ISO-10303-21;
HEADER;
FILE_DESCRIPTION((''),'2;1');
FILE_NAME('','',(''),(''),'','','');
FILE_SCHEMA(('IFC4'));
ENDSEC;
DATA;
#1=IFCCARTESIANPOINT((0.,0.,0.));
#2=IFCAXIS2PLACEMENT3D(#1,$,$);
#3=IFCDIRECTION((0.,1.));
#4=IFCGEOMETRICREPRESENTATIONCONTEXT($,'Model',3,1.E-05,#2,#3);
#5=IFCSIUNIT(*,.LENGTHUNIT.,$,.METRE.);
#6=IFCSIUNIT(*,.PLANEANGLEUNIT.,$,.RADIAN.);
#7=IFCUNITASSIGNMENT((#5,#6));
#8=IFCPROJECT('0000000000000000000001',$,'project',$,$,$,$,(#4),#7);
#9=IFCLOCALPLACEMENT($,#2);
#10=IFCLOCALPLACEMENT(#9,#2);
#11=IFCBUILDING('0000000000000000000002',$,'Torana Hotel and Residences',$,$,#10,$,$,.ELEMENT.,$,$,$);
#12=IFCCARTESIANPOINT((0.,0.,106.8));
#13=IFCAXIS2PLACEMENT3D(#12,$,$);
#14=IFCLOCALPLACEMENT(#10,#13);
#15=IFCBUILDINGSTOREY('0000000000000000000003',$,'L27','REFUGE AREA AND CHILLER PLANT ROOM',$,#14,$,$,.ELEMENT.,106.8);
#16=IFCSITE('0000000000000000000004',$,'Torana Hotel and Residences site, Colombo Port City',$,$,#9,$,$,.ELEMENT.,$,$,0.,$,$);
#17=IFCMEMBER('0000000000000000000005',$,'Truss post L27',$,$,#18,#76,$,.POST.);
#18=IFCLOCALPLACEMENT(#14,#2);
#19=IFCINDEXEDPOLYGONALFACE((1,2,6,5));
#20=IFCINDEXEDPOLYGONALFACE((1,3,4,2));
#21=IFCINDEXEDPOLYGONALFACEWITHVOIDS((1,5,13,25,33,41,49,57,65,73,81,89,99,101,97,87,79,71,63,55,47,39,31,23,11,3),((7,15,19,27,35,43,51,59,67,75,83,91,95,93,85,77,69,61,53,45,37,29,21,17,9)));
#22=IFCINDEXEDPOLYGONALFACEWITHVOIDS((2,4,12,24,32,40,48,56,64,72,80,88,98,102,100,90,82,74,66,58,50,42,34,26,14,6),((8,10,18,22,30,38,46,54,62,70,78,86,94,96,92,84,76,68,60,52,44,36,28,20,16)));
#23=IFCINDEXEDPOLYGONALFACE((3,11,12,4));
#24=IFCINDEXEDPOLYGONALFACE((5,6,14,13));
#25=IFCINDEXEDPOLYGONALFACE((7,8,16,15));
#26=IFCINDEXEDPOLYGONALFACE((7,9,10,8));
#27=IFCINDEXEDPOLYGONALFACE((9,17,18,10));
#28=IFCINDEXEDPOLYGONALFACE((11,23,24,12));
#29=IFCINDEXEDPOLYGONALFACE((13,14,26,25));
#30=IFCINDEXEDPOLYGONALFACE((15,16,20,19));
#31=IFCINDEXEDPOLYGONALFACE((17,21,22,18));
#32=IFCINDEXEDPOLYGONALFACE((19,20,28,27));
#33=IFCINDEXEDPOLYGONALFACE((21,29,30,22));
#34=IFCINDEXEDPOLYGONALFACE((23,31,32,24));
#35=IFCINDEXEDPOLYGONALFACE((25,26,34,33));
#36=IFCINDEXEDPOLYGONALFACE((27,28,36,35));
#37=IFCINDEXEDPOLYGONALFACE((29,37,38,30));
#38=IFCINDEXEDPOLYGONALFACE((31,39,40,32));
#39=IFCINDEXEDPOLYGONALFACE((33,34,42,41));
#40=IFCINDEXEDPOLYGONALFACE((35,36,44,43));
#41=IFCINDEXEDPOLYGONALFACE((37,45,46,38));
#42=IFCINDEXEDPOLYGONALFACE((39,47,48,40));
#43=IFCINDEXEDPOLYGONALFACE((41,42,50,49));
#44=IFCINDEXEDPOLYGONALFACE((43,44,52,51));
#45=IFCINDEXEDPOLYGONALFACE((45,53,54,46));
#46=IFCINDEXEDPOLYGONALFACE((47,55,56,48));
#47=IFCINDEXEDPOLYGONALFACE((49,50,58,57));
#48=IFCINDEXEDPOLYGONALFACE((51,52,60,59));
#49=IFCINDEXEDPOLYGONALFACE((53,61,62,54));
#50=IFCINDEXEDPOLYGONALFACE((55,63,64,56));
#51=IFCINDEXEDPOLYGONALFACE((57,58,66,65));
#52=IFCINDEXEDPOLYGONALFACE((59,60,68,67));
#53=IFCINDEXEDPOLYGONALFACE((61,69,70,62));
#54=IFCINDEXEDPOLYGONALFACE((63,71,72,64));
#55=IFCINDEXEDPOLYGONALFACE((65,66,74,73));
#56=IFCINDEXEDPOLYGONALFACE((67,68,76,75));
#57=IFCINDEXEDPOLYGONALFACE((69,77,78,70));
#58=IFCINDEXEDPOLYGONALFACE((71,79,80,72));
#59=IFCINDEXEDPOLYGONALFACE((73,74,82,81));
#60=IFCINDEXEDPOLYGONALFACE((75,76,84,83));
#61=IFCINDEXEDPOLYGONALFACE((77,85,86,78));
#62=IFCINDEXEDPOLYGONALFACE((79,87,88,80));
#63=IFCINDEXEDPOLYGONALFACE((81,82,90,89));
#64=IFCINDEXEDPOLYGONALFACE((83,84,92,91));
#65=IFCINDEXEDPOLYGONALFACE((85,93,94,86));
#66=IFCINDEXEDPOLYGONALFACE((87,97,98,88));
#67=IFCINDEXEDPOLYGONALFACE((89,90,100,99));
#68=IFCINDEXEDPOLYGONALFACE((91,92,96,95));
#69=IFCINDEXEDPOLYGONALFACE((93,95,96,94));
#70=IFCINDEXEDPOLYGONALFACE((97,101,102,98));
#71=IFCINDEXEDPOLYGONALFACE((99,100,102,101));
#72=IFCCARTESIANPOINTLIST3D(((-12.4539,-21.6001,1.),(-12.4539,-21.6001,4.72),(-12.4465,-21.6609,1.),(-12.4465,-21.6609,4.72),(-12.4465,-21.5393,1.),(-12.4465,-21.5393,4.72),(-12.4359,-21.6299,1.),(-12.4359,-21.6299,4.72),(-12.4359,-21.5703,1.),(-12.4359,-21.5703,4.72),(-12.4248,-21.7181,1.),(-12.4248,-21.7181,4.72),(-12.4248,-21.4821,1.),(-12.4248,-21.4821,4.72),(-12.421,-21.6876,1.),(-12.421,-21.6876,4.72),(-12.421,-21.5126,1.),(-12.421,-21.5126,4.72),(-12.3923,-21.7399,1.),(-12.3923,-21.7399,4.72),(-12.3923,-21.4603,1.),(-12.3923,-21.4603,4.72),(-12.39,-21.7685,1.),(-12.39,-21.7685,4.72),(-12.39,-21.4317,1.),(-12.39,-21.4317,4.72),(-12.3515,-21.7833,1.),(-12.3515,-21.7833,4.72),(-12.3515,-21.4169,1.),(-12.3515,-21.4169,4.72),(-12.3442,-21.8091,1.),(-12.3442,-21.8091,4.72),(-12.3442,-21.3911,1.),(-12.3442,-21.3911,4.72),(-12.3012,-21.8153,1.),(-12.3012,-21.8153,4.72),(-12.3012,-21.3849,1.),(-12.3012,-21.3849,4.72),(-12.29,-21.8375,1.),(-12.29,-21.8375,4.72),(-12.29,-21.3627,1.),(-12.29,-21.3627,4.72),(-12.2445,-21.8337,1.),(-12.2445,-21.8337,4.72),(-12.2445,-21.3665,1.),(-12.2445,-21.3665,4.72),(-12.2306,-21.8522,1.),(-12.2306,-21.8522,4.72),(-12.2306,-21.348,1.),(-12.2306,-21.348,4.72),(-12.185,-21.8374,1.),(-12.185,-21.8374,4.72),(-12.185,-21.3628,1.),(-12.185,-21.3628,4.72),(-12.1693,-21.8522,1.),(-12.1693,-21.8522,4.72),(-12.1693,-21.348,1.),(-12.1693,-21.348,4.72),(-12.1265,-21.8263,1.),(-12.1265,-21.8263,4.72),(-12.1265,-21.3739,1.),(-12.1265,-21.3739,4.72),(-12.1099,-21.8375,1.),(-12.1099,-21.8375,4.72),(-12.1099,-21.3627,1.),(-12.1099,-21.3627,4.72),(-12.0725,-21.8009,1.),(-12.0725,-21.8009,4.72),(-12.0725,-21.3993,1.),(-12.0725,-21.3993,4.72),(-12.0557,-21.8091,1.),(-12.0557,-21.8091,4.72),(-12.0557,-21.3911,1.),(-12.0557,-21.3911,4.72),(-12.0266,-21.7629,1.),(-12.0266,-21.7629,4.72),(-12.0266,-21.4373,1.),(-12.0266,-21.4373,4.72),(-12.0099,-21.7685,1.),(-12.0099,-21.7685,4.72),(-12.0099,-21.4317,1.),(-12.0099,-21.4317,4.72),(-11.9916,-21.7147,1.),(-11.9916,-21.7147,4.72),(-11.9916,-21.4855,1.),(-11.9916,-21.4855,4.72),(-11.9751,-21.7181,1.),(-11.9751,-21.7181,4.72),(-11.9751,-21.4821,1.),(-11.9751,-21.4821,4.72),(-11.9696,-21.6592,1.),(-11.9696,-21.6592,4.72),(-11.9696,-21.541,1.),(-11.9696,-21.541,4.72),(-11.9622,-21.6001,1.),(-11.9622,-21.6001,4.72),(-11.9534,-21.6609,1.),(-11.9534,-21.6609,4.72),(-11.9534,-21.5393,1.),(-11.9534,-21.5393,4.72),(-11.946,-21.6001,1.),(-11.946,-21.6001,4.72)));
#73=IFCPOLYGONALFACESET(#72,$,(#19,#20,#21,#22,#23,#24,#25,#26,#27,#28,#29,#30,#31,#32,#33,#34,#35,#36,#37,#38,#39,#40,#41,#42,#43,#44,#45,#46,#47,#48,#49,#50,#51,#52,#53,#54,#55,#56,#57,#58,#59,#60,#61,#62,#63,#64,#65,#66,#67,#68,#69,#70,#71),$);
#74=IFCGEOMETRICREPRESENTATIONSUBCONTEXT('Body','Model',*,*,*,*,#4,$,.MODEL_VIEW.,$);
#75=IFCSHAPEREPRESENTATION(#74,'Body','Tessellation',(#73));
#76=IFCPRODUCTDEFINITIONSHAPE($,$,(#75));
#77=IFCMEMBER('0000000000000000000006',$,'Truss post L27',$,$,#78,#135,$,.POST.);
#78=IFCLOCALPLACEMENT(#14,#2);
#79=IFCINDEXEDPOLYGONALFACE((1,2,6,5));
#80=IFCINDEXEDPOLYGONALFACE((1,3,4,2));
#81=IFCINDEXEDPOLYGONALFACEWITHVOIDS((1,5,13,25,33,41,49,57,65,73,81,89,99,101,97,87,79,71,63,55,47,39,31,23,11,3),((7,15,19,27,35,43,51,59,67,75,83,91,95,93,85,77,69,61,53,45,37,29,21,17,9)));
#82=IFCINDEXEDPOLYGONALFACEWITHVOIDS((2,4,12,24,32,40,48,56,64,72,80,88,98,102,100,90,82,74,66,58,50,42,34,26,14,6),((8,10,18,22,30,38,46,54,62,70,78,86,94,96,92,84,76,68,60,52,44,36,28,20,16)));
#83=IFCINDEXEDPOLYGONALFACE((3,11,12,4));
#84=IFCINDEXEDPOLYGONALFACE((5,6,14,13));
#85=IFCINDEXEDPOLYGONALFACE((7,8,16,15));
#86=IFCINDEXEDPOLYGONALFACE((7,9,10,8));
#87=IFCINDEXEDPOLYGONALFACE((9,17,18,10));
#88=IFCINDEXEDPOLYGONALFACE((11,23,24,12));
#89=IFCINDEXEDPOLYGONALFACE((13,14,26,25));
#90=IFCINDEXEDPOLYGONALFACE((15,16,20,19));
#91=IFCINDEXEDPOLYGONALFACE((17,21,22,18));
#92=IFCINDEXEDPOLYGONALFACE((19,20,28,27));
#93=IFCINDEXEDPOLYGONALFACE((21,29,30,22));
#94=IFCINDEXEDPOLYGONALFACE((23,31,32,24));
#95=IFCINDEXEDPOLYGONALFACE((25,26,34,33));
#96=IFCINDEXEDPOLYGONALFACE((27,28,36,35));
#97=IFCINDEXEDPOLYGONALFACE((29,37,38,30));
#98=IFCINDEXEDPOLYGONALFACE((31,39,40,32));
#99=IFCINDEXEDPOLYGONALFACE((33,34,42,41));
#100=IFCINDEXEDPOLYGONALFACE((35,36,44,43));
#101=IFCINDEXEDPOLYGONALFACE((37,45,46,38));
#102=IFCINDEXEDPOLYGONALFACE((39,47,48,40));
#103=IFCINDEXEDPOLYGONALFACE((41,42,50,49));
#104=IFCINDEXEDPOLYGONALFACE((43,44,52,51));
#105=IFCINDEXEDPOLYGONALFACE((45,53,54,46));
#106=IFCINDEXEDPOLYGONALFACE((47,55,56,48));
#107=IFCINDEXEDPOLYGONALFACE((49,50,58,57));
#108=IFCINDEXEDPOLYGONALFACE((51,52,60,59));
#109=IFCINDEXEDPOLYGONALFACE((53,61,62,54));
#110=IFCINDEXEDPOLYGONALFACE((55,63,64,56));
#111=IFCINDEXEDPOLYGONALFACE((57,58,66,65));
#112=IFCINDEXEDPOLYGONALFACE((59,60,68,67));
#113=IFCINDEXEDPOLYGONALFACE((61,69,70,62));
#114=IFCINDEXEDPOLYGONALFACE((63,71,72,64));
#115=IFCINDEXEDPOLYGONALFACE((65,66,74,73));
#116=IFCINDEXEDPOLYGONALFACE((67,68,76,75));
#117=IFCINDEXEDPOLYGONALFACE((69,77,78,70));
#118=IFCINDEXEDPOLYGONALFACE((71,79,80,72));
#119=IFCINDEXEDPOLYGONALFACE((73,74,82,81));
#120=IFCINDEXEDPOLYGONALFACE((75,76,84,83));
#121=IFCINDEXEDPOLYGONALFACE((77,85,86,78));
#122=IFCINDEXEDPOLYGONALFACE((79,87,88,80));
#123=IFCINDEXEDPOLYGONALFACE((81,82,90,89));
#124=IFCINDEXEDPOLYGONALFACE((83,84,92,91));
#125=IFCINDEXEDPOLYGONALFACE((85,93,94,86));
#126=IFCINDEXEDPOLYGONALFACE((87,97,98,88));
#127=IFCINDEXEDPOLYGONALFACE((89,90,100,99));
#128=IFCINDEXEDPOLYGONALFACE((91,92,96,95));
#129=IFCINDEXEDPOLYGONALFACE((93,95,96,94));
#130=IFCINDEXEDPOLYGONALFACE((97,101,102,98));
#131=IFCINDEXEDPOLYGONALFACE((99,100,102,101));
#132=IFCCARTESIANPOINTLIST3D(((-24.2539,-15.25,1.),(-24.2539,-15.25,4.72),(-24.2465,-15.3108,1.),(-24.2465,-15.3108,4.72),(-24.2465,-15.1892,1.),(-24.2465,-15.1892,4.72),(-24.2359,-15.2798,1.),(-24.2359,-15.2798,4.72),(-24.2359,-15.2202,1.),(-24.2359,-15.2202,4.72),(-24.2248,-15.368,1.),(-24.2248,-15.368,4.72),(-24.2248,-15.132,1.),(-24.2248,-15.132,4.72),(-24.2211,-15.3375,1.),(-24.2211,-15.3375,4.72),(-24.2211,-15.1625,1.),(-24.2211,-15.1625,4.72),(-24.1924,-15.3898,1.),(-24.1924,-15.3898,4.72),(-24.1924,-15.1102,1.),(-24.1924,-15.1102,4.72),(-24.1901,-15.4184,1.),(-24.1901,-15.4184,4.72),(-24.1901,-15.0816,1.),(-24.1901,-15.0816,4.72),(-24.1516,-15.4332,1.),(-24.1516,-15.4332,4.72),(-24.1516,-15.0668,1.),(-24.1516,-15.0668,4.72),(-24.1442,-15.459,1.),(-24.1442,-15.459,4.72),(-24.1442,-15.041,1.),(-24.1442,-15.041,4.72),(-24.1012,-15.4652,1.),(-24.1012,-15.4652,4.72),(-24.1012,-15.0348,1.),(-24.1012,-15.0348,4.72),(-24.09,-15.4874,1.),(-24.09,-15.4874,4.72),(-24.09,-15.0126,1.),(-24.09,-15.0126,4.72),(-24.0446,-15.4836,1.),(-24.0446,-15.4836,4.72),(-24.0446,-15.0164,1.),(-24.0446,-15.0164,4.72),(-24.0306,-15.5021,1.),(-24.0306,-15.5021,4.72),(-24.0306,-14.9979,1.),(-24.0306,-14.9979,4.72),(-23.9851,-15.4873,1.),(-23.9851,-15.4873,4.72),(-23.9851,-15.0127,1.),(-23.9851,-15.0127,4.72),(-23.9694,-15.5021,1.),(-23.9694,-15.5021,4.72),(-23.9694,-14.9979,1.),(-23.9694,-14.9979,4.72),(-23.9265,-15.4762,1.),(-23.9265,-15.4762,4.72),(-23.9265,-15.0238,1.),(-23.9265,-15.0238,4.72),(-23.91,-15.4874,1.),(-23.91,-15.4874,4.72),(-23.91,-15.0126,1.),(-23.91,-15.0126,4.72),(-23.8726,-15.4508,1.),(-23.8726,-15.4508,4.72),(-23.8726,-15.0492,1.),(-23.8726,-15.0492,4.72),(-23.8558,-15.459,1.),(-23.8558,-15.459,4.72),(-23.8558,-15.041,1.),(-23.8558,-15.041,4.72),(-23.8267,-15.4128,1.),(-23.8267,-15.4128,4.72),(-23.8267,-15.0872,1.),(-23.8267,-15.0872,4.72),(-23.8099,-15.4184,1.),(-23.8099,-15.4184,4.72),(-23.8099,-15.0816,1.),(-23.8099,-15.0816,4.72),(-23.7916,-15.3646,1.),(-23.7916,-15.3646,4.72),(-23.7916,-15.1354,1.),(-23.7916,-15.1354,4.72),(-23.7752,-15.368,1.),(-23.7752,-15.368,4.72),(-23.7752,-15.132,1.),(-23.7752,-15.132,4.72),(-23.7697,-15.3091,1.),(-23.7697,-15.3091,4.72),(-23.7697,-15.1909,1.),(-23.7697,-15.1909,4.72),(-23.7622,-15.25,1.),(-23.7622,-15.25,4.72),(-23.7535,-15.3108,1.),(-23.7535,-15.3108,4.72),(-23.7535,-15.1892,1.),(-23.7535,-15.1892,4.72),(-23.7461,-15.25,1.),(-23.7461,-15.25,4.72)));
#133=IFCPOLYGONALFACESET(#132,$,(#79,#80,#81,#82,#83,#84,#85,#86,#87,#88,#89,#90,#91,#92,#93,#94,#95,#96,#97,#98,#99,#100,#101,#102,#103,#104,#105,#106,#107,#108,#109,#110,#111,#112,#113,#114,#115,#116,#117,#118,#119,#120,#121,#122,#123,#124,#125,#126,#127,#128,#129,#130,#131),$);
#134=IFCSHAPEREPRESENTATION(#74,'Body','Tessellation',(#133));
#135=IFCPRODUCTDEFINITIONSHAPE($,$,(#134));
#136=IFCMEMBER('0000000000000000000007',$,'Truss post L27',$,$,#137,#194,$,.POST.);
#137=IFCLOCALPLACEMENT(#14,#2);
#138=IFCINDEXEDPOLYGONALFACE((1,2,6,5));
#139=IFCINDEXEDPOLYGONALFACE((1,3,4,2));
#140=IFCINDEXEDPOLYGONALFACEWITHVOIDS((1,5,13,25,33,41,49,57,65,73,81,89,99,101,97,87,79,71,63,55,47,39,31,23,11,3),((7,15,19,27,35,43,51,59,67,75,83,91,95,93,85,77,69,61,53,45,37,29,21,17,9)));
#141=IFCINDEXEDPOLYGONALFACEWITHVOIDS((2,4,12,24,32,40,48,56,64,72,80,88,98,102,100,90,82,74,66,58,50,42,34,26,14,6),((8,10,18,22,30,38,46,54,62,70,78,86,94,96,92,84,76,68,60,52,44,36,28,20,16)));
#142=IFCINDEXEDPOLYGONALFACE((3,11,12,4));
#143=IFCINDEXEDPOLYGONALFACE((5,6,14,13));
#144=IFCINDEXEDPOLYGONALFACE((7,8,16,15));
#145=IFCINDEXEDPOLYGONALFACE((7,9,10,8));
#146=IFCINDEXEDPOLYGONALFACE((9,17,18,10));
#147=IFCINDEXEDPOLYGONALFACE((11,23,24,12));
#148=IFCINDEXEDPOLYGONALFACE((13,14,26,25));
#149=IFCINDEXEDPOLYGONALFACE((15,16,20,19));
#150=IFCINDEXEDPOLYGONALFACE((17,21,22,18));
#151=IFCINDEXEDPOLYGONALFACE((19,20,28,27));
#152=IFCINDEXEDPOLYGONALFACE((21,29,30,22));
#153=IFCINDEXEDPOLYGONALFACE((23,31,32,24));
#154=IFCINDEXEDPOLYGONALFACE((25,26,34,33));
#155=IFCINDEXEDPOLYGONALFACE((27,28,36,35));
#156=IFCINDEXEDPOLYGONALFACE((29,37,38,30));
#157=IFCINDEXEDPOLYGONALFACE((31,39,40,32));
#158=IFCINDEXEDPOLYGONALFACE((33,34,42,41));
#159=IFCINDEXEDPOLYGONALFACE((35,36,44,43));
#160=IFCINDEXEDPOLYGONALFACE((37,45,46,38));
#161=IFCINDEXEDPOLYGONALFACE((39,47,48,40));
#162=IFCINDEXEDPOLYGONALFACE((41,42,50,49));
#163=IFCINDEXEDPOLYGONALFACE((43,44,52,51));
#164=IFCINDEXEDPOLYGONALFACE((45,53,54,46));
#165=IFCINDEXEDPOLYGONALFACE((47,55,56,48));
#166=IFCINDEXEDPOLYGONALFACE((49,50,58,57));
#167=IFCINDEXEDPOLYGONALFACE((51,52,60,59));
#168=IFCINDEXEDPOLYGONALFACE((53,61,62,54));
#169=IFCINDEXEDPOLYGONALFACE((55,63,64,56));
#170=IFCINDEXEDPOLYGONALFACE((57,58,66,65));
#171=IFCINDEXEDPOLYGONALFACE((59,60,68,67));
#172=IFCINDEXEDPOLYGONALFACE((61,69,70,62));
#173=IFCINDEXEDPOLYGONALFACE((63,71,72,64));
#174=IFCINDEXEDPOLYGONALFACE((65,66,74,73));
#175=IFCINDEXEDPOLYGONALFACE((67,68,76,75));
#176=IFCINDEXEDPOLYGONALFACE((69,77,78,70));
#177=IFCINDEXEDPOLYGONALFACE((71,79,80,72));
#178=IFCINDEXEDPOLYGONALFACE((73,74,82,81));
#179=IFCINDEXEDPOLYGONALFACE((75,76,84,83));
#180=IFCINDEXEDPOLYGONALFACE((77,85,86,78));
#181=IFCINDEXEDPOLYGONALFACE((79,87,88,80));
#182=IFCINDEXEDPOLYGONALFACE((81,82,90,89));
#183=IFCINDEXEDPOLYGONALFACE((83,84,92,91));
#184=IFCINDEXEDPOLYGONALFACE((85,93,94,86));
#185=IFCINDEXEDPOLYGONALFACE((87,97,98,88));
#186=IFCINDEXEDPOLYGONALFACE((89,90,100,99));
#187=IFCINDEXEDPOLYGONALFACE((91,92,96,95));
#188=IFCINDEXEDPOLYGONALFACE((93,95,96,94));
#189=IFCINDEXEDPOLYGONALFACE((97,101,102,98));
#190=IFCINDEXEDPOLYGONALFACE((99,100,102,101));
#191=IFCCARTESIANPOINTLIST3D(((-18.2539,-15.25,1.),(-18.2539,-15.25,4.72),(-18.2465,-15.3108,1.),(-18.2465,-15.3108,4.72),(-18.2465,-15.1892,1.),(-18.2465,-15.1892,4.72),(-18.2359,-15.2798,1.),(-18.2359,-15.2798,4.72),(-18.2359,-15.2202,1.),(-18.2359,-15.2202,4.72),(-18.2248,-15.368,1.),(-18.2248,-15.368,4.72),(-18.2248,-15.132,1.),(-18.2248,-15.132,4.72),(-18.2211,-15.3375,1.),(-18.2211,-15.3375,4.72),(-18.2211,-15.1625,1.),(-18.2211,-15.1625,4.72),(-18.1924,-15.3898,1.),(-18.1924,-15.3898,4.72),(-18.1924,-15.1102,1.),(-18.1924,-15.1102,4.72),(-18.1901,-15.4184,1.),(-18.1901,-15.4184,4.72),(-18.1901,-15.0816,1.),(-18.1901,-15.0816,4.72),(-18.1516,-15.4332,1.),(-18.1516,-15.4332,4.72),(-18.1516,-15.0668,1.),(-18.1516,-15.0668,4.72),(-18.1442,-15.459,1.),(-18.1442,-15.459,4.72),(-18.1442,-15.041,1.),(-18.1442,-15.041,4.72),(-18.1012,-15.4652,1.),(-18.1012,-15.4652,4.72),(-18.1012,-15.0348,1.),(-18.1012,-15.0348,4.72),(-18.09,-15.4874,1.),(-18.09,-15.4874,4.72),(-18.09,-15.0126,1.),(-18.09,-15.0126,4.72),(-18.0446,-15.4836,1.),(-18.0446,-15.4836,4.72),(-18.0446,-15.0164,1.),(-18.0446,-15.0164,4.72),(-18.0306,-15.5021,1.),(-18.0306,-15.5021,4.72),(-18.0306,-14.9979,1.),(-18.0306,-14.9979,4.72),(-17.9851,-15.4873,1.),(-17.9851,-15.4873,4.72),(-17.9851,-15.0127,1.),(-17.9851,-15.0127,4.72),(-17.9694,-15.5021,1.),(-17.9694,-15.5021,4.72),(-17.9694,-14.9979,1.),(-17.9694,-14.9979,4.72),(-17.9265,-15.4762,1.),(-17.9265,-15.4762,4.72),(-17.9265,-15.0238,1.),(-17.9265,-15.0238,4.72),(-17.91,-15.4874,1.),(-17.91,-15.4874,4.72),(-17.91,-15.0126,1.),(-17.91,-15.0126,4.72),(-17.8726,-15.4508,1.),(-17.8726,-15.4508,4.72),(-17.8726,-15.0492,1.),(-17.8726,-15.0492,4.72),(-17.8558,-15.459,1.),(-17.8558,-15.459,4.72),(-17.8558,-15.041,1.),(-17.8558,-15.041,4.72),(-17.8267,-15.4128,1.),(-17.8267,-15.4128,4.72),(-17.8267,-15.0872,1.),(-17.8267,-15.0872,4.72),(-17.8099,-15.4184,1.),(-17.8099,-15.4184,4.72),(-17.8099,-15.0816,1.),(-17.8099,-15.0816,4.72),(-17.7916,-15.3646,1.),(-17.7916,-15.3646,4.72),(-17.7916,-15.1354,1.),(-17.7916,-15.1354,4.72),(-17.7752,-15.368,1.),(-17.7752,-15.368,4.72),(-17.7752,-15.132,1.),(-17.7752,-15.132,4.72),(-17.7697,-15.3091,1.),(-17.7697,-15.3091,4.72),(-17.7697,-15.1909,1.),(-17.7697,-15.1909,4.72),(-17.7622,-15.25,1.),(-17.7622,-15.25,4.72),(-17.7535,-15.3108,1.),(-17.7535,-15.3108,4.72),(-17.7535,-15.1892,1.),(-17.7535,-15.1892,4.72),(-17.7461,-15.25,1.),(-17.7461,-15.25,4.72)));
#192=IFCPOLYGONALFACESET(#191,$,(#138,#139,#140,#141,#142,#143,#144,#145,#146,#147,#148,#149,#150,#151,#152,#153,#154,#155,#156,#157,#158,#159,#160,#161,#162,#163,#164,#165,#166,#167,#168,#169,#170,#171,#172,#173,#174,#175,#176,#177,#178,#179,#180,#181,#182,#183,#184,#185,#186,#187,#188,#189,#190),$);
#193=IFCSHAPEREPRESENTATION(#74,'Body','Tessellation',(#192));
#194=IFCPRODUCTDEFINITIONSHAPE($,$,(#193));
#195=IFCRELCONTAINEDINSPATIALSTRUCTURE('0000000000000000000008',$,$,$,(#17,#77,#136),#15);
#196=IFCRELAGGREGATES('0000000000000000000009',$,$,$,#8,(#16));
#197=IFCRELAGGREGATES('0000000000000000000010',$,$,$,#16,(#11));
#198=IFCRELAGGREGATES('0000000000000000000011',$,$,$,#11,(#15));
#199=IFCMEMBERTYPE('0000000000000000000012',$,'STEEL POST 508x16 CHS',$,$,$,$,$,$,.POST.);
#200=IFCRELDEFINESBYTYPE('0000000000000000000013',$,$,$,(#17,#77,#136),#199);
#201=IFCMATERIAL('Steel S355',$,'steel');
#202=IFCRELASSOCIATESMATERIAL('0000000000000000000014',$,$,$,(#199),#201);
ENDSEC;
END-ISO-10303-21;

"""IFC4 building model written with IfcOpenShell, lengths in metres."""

from ifc_helpers import new_model, si_unit, direction, frame, origin, origin_2d, place, context, subcontext, project, spatial, hollow_circle, extrude, material, material_profile, profile_set, type_object, element, save


model = new_model("IFC4")

# Units and contexts
model_context = context("Model", 3, precision=1e-05, world=origin(), true_north=direction((0.0, 1.0)))
body_context = subcontext(model_context, "Body", "Model", "MODEL_VIEW")
ifc_project = project(units=[si_unit("LENGTHUNIT", "METRE"), si_unit("PLANEANGLEUNIT", "RADIAN")], contexts=[model_context])

# Site, building, storey
site_placement = place(None, origin())
site = spatial("IfcSite", under=ifc_project, at=site_placement, Name="Torana Hotel and Residences site, Colombo Port City", CompositionType="ELEMENT", RefElevation=0.0)
building_placement = place(site_placement, origin())
building = spatial("IfcBuilding", under=site, at=building_placement, Name="Torana Hotel and Residences", CompositionType="ELEMENT")
storey_placement = place(building_placement, frame((0.0, 0.0, 106.8)))
storey = spatial("IfcBuildingStorey", under=building, at=storey_placement, Name="L27", Description="REFUGE AREA AND CHILLER PLANT ROOM", CompositionType="ELEMENT", Elevation=106.8)

# Members
ifc_material_1 = material(Name="Steel S355", Category="steel")
ifc_material_profile_1 = material_profile(ifc_material_1, hollow_circle(Radius=0.2539, WallThickness=0.0161, at=origin_2d()), Name="508x16 CHS")
ifc_profile_set_1 = profile_set([ifc_material_profile_1], Name="Steel S355")
member_type_1 = type_object("IfcMemberType", Name="STEEL POST 508x16 CHS", PredefinedType="POST", material=ifc_profile_set_1)
for number, where, z_axis, x_axis, name in (
    (1, (-12.2, -21.6001, 1.0), (0.0, 0.0, 1.0), (1.0, 0.0, 0.0), "Truss post L27"),
    (2, (-24.0, -15.25, 1.0), (0.0, 0.0, 1.0), (1.0, 0.0, 0.0), "Truss post L27"),
    (3, (-18.0, -15.25, 1.0), (0.0, 0.0, 1.0), (1.0, 0.0, 0.0), "Truss post L27"),
):
    element("IfcMember", number, at=place(storey_placement, frame(where, z_axis=z_axis, x_axis=x_axis)), inside=storey, type_object=member_type_1, Name=name, PredefinedType="POST", context=body_context, shape_type="SweptSolid", body=[
        extrude(hollow_circle(Radius=0.2539, WallThickness=0.0161, at=origin_2d()), origin(), (0.0, 0.0, 1.0), 3.72),
    ])

save(model, "model.ifc")
